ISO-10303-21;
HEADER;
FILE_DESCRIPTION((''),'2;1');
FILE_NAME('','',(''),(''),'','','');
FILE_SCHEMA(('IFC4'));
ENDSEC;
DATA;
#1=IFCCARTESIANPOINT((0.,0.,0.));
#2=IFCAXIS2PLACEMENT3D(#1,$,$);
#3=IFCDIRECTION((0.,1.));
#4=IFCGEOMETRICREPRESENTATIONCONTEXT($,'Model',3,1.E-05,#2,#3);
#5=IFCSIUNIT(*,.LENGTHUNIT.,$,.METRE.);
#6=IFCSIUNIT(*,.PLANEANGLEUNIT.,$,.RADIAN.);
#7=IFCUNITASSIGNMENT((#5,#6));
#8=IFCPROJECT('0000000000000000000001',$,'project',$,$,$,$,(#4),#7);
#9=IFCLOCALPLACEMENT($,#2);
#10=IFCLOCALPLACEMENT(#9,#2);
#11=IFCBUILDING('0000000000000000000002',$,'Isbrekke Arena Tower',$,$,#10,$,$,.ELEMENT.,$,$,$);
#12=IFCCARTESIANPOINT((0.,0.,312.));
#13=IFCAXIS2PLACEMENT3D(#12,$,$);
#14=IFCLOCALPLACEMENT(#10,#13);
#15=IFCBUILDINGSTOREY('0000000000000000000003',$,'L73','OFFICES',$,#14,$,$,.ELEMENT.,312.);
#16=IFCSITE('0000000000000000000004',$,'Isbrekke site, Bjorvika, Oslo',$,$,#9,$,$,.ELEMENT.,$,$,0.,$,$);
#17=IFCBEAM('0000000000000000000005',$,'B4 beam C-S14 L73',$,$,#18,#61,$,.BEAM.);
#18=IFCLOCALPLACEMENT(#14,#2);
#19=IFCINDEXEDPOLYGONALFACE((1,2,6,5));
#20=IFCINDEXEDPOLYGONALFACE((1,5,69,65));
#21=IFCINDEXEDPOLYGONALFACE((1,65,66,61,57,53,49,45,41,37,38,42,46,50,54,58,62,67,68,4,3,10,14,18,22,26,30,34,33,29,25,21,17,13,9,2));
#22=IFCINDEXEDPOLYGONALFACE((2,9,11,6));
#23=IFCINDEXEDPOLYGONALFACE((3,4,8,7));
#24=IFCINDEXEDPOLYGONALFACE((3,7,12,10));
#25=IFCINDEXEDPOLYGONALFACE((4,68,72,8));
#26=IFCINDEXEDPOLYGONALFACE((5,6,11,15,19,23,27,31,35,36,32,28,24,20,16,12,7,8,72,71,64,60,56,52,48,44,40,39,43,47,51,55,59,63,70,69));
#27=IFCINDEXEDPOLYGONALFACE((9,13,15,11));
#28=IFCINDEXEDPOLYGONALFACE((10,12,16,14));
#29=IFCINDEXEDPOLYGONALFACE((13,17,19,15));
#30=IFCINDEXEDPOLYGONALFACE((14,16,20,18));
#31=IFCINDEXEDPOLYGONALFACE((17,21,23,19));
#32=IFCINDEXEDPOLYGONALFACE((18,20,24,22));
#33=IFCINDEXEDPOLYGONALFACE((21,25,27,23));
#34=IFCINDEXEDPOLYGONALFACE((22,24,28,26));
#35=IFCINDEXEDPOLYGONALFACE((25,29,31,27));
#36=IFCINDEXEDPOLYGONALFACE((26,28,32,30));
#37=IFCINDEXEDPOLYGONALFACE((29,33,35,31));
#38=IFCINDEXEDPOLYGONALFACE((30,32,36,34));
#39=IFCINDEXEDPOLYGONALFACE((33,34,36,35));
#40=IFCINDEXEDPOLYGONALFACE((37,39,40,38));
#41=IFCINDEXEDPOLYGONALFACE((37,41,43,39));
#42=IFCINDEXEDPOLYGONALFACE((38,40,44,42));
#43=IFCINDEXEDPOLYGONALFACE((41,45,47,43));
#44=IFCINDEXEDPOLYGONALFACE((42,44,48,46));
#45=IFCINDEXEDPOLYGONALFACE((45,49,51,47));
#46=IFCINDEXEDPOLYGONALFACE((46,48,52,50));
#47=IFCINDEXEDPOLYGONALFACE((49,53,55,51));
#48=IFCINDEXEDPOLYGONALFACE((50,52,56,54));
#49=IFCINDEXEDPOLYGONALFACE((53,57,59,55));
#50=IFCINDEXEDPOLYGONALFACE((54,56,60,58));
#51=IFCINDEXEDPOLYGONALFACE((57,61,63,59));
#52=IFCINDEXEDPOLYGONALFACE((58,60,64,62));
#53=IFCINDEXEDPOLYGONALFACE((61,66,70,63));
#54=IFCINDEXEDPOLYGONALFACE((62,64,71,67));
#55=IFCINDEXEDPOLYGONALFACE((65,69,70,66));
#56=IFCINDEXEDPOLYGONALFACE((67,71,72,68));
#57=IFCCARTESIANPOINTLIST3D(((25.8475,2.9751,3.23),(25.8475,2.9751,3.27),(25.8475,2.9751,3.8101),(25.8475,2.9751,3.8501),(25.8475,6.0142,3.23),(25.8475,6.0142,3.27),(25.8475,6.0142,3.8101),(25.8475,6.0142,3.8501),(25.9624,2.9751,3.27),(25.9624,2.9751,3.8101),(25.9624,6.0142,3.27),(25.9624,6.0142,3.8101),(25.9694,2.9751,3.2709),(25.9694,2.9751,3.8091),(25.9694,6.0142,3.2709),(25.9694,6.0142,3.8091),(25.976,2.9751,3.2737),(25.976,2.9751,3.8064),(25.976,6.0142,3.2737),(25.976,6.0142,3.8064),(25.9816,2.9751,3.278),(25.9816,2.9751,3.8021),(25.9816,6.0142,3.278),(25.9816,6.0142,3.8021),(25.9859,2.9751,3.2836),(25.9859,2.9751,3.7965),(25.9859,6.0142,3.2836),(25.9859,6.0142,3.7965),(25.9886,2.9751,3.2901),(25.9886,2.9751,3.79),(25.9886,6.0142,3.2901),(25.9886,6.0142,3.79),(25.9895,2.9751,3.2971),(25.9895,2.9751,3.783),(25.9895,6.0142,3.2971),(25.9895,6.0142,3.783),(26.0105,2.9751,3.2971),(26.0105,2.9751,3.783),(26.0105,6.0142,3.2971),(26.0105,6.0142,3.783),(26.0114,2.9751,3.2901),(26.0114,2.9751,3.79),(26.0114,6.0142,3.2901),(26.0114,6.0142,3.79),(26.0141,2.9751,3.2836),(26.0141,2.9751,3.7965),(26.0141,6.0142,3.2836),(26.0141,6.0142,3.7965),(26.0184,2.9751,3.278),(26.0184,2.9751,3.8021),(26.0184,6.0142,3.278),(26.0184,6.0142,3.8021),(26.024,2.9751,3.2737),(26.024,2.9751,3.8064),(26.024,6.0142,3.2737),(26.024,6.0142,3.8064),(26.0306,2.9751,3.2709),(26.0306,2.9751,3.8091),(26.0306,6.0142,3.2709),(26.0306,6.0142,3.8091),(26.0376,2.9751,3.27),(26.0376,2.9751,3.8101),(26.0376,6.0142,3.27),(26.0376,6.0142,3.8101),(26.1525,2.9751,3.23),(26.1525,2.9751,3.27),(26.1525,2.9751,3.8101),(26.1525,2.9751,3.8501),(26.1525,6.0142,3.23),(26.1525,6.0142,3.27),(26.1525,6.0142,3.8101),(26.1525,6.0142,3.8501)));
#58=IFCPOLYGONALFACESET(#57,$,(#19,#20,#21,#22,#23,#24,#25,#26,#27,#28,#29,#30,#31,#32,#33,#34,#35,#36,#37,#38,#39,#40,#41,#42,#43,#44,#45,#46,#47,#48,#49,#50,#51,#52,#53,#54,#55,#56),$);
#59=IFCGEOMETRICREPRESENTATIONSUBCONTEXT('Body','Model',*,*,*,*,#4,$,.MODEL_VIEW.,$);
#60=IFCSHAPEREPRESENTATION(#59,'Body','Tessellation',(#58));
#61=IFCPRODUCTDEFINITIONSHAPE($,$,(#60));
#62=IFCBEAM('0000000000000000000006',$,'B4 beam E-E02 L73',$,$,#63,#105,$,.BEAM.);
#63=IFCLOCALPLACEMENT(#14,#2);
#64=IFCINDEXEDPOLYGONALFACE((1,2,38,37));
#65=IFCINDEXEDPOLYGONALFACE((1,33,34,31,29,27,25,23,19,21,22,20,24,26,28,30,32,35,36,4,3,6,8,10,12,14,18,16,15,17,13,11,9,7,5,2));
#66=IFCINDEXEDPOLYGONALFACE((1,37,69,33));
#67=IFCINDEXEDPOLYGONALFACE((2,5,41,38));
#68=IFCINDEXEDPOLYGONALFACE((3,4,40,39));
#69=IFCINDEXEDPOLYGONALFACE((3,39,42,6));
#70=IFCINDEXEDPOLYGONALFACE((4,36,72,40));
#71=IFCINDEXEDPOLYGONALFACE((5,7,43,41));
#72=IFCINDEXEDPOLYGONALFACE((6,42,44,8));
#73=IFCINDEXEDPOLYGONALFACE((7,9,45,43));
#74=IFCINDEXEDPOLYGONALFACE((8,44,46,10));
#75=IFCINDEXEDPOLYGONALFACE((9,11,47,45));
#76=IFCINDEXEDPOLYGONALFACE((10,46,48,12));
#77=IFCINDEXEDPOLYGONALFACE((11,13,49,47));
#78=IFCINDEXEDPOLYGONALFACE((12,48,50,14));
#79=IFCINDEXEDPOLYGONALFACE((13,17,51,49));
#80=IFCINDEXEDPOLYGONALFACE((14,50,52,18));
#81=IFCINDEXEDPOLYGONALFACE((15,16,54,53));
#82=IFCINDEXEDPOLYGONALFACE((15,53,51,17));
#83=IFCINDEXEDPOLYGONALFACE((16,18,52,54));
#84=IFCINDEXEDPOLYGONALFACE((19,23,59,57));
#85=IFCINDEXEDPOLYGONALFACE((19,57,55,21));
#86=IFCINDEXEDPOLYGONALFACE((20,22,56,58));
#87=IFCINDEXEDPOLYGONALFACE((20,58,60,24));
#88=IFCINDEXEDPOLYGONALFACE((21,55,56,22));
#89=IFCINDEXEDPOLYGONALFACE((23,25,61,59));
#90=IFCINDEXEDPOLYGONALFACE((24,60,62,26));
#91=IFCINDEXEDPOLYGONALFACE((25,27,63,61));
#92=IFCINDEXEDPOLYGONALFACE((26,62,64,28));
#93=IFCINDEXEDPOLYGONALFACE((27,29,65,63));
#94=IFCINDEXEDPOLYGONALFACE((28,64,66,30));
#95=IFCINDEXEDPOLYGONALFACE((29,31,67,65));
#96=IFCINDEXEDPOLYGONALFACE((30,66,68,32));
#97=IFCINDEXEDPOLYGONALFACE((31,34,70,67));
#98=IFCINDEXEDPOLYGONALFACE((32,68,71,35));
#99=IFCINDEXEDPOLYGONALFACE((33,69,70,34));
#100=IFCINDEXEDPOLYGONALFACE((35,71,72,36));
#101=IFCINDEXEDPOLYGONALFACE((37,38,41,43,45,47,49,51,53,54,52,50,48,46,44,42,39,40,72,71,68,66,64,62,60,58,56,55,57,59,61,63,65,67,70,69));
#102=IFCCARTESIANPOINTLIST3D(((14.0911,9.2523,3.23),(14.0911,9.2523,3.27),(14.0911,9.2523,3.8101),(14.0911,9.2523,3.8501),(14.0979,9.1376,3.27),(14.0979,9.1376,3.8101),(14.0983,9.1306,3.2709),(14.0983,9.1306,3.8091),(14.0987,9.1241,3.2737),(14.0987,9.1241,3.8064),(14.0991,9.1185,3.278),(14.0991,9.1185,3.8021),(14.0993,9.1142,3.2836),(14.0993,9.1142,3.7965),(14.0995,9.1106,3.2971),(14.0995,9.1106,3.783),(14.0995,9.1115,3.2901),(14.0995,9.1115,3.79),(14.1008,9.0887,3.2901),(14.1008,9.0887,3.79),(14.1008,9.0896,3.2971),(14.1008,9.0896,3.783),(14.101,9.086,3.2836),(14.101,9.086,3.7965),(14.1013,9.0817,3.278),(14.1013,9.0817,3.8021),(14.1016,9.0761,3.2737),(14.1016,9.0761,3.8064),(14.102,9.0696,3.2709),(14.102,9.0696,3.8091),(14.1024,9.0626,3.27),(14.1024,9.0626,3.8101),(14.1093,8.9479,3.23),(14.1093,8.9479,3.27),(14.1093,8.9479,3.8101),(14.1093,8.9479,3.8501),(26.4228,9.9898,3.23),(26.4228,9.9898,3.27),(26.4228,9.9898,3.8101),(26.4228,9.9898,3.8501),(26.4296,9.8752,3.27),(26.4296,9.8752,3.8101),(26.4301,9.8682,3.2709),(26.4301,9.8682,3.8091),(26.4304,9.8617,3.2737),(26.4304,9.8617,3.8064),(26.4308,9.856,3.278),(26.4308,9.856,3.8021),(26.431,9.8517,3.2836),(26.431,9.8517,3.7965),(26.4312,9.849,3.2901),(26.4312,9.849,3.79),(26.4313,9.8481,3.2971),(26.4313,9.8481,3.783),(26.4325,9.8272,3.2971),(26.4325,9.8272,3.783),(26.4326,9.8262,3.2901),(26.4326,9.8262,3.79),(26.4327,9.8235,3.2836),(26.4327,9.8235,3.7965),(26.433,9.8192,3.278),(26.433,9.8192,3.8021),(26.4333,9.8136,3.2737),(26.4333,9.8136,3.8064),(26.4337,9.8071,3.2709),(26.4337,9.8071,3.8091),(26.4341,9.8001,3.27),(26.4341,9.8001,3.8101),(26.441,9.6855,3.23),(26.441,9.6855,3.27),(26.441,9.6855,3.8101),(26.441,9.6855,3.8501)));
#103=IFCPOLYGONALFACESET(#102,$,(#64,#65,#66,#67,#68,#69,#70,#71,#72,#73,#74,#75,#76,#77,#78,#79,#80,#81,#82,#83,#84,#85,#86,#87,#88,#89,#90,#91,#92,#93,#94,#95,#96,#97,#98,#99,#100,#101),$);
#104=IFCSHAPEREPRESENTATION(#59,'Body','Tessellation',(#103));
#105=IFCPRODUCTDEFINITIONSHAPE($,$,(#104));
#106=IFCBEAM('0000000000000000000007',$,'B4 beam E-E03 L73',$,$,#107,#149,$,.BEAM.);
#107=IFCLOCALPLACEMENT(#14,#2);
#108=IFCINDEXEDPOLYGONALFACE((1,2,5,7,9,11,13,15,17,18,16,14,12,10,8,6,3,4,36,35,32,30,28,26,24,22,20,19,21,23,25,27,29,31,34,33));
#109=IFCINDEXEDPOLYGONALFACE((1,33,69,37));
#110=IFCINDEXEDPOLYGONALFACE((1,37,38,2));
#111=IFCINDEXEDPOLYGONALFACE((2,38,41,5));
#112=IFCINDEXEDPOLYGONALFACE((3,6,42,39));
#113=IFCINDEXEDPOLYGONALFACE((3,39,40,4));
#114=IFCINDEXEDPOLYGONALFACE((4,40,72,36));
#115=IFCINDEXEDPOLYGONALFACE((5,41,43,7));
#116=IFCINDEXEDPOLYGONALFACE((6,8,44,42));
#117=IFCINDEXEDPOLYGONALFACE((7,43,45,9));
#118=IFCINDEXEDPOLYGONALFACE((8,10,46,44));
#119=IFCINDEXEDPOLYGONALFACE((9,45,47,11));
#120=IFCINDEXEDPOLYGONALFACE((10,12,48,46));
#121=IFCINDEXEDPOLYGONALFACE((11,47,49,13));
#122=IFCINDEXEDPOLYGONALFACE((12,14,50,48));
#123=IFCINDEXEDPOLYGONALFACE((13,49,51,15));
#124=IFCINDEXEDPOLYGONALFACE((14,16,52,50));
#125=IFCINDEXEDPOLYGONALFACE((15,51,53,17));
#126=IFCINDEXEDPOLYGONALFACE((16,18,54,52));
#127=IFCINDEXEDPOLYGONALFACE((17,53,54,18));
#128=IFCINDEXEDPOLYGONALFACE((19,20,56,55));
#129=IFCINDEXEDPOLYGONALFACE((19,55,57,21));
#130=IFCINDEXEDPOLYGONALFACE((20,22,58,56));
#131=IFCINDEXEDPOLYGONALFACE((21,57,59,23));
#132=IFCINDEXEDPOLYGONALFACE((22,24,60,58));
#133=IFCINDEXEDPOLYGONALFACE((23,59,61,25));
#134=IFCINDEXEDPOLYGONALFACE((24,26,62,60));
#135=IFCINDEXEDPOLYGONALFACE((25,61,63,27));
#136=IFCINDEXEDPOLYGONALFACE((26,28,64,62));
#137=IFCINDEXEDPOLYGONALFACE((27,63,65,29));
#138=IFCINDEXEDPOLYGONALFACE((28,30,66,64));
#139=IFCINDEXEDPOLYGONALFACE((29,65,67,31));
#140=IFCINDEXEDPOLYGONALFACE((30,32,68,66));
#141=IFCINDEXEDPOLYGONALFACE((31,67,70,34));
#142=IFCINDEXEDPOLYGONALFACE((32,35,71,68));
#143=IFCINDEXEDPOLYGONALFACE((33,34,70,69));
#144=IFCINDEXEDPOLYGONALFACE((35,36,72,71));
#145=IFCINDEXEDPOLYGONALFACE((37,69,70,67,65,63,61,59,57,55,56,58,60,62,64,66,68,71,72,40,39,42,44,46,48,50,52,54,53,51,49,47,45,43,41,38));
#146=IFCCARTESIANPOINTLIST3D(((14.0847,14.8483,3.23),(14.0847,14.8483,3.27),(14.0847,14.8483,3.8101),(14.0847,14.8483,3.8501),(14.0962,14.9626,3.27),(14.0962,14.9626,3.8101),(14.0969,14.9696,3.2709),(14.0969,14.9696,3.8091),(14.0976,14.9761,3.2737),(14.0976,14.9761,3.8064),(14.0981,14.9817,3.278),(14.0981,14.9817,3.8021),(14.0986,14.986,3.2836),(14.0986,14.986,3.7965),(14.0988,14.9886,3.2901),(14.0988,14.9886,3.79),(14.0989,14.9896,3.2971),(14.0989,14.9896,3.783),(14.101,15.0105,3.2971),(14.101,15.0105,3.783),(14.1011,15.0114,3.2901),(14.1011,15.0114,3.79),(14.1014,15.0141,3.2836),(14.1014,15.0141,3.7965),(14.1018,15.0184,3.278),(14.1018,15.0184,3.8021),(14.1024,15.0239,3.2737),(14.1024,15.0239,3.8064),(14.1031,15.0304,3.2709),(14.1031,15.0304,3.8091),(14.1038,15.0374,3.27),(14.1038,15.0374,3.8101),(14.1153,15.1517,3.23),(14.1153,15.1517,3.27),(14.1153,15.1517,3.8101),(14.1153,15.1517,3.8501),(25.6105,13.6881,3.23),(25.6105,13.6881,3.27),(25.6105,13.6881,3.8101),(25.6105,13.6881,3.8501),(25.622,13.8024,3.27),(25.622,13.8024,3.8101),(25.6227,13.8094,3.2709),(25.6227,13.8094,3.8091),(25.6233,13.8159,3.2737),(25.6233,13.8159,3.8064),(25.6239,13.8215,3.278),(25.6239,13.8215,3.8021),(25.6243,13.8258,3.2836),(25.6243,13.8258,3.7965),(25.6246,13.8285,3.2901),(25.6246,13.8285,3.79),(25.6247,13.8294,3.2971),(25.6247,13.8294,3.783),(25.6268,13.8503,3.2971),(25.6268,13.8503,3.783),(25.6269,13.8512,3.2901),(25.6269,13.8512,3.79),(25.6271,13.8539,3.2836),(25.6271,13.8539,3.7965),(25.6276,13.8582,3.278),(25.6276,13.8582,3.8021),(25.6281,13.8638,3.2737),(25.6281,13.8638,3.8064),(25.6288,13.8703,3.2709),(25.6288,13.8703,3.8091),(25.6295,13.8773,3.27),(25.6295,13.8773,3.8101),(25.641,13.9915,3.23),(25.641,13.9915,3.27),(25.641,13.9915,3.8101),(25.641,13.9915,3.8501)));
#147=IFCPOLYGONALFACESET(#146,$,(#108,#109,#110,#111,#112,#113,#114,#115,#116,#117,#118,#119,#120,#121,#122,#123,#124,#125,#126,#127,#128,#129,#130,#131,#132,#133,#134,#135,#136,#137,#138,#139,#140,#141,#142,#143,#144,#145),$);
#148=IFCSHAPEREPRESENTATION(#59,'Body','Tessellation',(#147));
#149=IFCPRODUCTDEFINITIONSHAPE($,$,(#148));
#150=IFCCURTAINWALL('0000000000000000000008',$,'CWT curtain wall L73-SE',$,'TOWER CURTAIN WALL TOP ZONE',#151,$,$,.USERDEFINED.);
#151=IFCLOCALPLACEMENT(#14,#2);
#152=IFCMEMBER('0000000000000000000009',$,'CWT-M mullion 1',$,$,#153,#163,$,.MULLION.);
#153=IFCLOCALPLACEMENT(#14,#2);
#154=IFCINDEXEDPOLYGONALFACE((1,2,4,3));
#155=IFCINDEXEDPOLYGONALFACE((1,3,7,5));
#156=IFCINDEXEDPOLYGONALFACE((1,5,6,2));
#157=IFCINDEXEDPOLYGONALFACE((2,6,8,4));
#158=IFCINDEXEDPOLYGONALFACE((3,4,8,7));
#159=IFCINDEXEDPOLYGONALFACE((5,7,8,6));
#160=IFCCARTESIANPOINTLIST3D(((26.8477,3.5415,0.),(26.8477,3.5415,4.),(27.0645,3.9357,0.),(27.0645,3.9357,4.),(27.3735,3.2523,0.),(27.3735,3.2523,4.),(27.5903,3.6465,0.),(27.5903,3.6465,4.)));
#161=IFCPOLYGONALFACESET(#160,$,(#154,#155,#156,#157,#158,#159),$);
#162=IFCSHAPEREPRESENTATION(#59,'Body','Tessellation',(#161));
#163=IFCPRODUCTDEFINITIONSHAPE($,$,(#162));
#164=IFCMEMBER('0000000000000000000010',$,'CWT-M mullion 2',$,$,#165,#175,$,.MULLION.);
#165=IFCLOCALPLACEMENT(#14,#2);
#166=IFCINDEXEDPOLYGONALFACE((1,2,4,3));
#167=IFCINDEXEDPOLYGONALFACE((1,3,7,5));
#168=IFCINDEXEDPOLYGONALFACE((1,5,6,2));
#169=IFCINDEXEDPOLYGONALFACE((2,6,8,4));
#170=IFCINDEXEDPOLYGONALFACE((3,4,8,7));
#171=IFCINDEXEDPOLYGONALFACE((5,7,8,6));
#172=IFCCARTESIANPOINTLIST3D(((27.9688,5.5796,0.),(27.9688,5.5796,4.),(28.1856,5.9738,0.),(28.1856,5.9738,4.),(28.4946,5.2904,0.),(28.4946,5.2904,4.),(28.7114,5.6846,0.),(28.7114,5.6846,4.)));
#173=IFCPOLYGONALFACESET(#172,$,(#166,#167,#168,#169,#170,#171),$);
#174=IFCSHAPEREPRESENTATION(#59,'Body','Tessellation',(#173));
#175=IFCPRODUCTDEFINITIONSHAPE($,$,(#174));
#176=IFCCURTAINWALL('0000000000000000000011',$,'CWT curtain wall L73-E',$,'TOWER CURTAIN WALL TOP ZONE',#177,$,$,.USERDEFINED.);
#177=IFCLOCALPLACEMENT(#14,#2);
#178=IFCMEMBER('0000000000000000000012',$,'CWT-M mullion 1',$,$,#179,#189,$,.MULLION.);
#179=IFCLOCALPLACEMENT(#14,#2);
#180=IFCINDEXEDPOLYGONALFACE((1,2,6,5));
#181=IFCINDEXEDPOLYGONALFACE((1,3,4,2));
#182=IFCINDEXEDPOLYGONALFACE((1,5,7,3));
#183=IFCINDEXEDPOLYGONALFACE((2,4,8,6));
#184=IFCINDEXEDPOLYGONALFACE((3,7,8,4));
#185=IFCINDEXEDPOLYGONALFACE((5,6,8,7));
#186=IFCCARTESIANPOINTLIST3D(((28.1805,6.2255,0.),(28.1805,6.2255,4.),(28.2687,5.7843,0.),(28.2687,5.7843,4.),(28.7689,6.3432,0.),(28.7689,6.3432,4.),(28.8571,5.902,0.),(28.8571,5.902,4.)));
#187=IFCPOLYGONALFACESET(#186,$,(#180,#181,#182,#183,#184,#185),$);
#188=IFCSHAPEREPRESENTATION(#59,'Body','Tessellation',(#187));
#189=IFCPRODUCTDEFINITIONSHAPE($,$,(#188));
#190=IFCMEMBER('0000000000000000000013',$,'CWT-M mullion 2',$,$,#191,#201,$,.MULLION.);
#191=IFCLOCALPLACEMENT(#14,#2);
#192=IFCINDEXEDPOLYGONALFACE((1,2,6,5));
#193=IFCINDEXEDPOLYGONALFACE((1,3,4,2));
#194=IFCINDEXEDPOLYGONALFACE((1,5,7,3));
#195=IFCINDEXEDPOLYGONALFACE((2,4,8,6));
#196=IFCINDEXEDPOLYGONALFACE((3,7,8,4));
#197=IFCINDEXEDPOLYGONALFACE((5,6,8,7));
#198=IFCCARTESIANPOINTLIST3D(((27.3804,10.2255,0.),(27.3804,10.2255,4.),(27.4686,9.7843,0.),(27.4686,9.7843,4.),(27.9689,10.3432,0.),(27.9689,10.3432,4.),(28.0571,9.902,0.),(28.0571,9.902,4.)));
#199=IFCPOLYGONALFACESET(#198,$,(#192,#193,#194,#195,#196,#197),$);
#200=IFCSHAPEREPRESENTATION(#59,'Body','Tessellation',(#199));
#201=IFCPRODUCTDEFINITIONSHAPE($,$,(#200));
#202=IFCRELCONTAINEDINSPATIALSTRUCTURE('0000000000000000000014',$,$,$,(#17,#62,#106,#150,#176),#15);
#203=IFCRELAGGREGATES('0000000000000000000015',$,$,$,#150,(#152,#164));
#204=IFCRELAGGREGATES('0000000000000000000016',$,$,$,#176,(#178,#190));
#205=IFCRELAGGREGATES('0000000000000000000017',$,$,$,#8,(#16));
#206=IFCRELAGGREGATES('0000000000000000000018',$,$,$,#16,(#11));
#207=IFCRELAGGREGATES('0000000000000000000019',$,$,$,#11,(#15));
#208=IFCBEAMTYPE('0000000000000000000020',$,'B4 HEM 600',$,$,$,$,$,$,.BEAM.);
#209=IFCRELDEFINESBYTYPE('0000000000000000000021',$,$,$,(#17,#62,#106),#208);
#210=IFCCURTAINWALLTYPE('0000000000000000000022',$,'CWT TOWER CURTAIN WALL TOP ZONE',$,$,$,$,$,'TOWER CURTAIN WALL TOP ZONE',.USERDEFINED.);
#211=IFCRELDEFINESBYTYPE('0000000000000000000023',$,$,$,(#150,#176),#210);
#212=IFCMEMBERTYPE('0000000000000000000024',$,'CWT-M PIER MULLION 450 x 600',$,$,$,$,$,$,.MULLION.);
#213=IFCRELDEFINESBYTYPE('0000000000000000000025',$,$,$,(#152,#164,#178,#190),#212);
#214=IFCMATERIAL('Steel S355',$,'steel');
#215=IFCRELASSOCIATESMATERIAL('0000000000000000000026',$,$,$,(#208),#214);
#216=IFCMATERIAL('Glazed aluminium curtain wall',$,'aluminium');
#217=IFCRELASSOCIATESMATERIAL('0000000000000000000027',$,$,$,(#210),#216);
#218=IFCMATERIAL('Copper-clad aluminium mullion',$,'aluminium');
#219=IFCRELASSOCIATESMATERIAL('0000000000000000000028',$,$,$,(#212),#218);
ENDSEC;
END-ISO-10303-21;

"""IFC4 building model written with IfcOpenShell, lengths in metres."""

from ifc_helpers import new_model, si_unit, direction, frame, origin, origin_2d, place, context, subcontext, project, spatial, rectangle, i_section, extrude, material, material_profile, profile_set, type_object, element, aggregate, save


model = new_model("IFC4")

# Units and contexts
model_context = context("Model", 3, precision=1e-05, world=origin(), true_north=direction((0.0, 1.0)))
body_context = subcontext(model_context, "Body", "Model", "MODEL_VIEW")
ifc_project = project(units=[si_unit("LENGTHUNIT", "METRE"), si_unit("PLANEANGLEUNIT", "RADIAN")], contexts=[model_context])

# Site, building, storey
site_placement = place(None, origin())
site = spatial("IfcSite", under=ifc_project, at=site_placement, Name="Isbrekke site, Bjorvika, Oslo", CompositionType="ELEMENT", RefElevation=0.0)
building_placement = place(site_placement, origin())
building = spatial("IfcBuilding", under=site, at=building_placement, Name="Isbrekke Arena Tower", CompositionType="ELEMENT")
storey_placement = place(building_placement, frame((0.0, 0.0, 312.0)))
storey = spatial("IfcBuildingStorey", under=building, at=storey_placement, Name="L73", Description="OFFICES", CompositionType="ELEMENT", Elevation=312.0)

# Beams
ifc_material_1 = material(Name="Steel S355", Category="steel")
ifc_material_profile_1 = material_profile(ifc_material_1, i_section(OverallWidth=0.3049, OverallDepth=0.6201, WebThickness=0.021, FlangeThickness=0.04, FilletRadius=0.0271, at=origin_2d()), Name="HEM 600")
ifc_profile_set_1 = profile_set([ifc_material_profile_1], Name="Steel S355")
beam_type_1 = type_object("IfcBeamType", Name="B4 HEM 600", PredefinedType="BEAM", material=ifc_profile_set_1)
beam_1_placement = place(storey_placement, frame((26.0, 2.9751, 3.54), z_axis=(0.0, 1.0, 0.0), x_axis=(-1.0, 0.0, 0.0)))
element("IfcBeam", 1, at=beam_1_placement, inside=storey, type_object=beam_type_1, Name="B4 beam C-S14 L73", PredefinedType="BEAM", context=body_context, shape_type="SweptSolid", body=[
    extrude(i_section(OverallWidth=0.3049, OverallDepth=0.6201, WebThickness=0.021, FlangeThickness=0.04, FilletRadius=0.0271, at=origin_2d()), origin(), (0.0, 0.0, 1.0), 3.0391),
])
beam_2_placement = place(storey_placement, frame((26.4319, 9.8376, 3.54), z_axis=(-0.998216, -0.059702, 0.0), x_axis=(0.059702, -0.998216, 0.0)))
element("IfcBeam", 2, at=beam_2_placement, inside=storey, type_object=beam_type_1, Name="B4 beam E-E02 L73", PredefinedType="BEAM", context=body_context, shape_type="SweptSolid", body=[
    extrude(i_section(OverallWidth=0.3049, OverallDepth=0.6201, WebThickness=0.021, FlangeThickness=0.04, FilletRadius=0.0271, at=origin_2d()), origin(), (0.0, 0.0, 1.0), 12.3538),
])
beam_3_placement = place(storey_placement, frame((25.6257, 13.8398, 3.54), z_axis=(-0.994972, 0.100153, 0.0), x_axis=(-0.100153, -0.994972, 0.0)))
element("IfcBeam", 3, at=beam_3_placement, inside=storey, type_object=beam_type_1, Name="B4 beam E-E03 L73", PredefinedType="BEAM", context=body_context, shape_type="SweptSolid", body=[
    extrude(i_section(OverallWidth=0.3049, OverallDepth=0.6201, WebThickness=0.021, FlangeThickness=0.04, FilletRadius=0.0271, at=origin_2d()), origin(), (0.0, 0.0, 1.0), 11.584),
])

# Curtain walls, members
ifc_material_2 = material(Name="Glazed aluminium curtain wall", Category="aluminium")
curtain_wall_type = type_object("IfcCurtainWallType", Name="CWT TOWER CURTAIN WALL TOP ZONE", ElementType="TOWER CURTAIN WALL TOP ZONE", PredefinedType="USERDEFINED", material=ifc_material_2)
curtain_wall_1_placement = place(storey_placement, origin())
curtain_wall_1 = element("IfcCurtainWall", 4, at=curtain_wall_1_placement, inside=storey, type_object=curtain_wall_type, Name="CWT curtain wall L73-SE", ObjectType="TOWER CURTAIN WALL TOP ZONE", PredefinedType="USERDEFINED")
ifc_material_3 = material(Name="Copper-clad aluminium mullion", Category="aluminium")
ifc_material_profile_2 = material_profile(ifc_material_3, rectangle(XDim=0.45, YDim=0.6001, at=origin_2d()), Name="PIER 450X600")
ifc_profile_set_2 = profile_set([ifc_material_profile_2], Name="Copper-clad aluminium mullion")
member_type_1 = type_object("IfcMemberType", Name="CWT-M PIER MULLION 450 x 600", PredefinedType="MULLION", material=ifc_profile_set_2)
member_1_placement = place(storey_placement, frame((27.219, 3.594, 0.0), z_axis=(0.0, 0.0, 1.0), x_axis=(0.481919, 0.876216, 0.0)))
member_1 = element("IfcMember", 5, at=member_1_placement, type_object=member_type_1, Name="CWT-M mullion 1", PredefinedType="MULLION", context=body_context, shape_type="SweptSolid", body=[
    extrude(rectangle(XDim=0.45, YDim=0.6001, at=origin_2d()), origin(), (0.0, 0.0, 1.0), 4.0),
])
member_2_placement = place(storey_placement, frame((28.3401, 5.6321, 0.0), z_axis=(0.0, 0.0, 1.0), x_axis=(0.481919, 0.876216, 0.0)))
member_2 = element("IfcMember", 6, at=member_2_placement, type_object=member_type_1, Name="CWT-M mullion 2", PredefinedType="MULLION", context=body_context, shape_type="SweptSolid", body=[
    extrude(rectangle(XDim=0.45, YDim=0.6001, at=origin_2d()), origin(), (0.0, 0.0, 1.0), 4.0),
])
curtain_wall_2_placement = place(storey_placement, origin())
curtain_wall_2 = element("IfcCurtainWall", 7, at=curtain_wall_2_placement, inside=storey, type_object=curtain_wall_type, Name="CWT curtain wall L73-E", ObjectType="TOWER CURTAIN WALL TOP ZONE", PredefinedType="USERDEFINED")
member_3_placement = place(storey_placement, frame((28.5188, 6.0637, 0.0), z_axis=(0.0, 0.0, 1.0), x_axis=(-0.196116, 0.980581, 0.0)))
member_3 = element("IfcMember", 8, at=member_3_placement, type_object=member_type_1, Name="CWT-M mullion 1", PredefinedType="MULLION", context=body_context, shape_type="SweptSolid", body=[
    extrude(rectangle(XDim=0.45, YDim=0.6001, at=origin_2d()), origin(), (0.0, 0.0, 1.0), 4.0),
])
member_4_placement = place(storey_placement, frame((27.7188, 10.0637, 0.0), z_axis=(0.0, 0.0, 1.0), x_axis=(-0.196116, 0.980581, 0.0)))
member_4 = element("IfcMember", 9, at=member_4_placement, type_object=member_type_1, Name="CWT-M mullion 2", PredefinedType="MULLION", context=body_context, shape_type="SweptSolid", body=[
    extrude(rectangle(XDim=0.45, YDim=0.6001, at=origin_2d()), origin(), (0.0, 0.0, 1.0), 4.0),
])

aggregate(curtain_wall_1, [member_1, member_2])
aggregate(curtain_wall_2, [member_3, member_4])

save(model, "model.ifc")
